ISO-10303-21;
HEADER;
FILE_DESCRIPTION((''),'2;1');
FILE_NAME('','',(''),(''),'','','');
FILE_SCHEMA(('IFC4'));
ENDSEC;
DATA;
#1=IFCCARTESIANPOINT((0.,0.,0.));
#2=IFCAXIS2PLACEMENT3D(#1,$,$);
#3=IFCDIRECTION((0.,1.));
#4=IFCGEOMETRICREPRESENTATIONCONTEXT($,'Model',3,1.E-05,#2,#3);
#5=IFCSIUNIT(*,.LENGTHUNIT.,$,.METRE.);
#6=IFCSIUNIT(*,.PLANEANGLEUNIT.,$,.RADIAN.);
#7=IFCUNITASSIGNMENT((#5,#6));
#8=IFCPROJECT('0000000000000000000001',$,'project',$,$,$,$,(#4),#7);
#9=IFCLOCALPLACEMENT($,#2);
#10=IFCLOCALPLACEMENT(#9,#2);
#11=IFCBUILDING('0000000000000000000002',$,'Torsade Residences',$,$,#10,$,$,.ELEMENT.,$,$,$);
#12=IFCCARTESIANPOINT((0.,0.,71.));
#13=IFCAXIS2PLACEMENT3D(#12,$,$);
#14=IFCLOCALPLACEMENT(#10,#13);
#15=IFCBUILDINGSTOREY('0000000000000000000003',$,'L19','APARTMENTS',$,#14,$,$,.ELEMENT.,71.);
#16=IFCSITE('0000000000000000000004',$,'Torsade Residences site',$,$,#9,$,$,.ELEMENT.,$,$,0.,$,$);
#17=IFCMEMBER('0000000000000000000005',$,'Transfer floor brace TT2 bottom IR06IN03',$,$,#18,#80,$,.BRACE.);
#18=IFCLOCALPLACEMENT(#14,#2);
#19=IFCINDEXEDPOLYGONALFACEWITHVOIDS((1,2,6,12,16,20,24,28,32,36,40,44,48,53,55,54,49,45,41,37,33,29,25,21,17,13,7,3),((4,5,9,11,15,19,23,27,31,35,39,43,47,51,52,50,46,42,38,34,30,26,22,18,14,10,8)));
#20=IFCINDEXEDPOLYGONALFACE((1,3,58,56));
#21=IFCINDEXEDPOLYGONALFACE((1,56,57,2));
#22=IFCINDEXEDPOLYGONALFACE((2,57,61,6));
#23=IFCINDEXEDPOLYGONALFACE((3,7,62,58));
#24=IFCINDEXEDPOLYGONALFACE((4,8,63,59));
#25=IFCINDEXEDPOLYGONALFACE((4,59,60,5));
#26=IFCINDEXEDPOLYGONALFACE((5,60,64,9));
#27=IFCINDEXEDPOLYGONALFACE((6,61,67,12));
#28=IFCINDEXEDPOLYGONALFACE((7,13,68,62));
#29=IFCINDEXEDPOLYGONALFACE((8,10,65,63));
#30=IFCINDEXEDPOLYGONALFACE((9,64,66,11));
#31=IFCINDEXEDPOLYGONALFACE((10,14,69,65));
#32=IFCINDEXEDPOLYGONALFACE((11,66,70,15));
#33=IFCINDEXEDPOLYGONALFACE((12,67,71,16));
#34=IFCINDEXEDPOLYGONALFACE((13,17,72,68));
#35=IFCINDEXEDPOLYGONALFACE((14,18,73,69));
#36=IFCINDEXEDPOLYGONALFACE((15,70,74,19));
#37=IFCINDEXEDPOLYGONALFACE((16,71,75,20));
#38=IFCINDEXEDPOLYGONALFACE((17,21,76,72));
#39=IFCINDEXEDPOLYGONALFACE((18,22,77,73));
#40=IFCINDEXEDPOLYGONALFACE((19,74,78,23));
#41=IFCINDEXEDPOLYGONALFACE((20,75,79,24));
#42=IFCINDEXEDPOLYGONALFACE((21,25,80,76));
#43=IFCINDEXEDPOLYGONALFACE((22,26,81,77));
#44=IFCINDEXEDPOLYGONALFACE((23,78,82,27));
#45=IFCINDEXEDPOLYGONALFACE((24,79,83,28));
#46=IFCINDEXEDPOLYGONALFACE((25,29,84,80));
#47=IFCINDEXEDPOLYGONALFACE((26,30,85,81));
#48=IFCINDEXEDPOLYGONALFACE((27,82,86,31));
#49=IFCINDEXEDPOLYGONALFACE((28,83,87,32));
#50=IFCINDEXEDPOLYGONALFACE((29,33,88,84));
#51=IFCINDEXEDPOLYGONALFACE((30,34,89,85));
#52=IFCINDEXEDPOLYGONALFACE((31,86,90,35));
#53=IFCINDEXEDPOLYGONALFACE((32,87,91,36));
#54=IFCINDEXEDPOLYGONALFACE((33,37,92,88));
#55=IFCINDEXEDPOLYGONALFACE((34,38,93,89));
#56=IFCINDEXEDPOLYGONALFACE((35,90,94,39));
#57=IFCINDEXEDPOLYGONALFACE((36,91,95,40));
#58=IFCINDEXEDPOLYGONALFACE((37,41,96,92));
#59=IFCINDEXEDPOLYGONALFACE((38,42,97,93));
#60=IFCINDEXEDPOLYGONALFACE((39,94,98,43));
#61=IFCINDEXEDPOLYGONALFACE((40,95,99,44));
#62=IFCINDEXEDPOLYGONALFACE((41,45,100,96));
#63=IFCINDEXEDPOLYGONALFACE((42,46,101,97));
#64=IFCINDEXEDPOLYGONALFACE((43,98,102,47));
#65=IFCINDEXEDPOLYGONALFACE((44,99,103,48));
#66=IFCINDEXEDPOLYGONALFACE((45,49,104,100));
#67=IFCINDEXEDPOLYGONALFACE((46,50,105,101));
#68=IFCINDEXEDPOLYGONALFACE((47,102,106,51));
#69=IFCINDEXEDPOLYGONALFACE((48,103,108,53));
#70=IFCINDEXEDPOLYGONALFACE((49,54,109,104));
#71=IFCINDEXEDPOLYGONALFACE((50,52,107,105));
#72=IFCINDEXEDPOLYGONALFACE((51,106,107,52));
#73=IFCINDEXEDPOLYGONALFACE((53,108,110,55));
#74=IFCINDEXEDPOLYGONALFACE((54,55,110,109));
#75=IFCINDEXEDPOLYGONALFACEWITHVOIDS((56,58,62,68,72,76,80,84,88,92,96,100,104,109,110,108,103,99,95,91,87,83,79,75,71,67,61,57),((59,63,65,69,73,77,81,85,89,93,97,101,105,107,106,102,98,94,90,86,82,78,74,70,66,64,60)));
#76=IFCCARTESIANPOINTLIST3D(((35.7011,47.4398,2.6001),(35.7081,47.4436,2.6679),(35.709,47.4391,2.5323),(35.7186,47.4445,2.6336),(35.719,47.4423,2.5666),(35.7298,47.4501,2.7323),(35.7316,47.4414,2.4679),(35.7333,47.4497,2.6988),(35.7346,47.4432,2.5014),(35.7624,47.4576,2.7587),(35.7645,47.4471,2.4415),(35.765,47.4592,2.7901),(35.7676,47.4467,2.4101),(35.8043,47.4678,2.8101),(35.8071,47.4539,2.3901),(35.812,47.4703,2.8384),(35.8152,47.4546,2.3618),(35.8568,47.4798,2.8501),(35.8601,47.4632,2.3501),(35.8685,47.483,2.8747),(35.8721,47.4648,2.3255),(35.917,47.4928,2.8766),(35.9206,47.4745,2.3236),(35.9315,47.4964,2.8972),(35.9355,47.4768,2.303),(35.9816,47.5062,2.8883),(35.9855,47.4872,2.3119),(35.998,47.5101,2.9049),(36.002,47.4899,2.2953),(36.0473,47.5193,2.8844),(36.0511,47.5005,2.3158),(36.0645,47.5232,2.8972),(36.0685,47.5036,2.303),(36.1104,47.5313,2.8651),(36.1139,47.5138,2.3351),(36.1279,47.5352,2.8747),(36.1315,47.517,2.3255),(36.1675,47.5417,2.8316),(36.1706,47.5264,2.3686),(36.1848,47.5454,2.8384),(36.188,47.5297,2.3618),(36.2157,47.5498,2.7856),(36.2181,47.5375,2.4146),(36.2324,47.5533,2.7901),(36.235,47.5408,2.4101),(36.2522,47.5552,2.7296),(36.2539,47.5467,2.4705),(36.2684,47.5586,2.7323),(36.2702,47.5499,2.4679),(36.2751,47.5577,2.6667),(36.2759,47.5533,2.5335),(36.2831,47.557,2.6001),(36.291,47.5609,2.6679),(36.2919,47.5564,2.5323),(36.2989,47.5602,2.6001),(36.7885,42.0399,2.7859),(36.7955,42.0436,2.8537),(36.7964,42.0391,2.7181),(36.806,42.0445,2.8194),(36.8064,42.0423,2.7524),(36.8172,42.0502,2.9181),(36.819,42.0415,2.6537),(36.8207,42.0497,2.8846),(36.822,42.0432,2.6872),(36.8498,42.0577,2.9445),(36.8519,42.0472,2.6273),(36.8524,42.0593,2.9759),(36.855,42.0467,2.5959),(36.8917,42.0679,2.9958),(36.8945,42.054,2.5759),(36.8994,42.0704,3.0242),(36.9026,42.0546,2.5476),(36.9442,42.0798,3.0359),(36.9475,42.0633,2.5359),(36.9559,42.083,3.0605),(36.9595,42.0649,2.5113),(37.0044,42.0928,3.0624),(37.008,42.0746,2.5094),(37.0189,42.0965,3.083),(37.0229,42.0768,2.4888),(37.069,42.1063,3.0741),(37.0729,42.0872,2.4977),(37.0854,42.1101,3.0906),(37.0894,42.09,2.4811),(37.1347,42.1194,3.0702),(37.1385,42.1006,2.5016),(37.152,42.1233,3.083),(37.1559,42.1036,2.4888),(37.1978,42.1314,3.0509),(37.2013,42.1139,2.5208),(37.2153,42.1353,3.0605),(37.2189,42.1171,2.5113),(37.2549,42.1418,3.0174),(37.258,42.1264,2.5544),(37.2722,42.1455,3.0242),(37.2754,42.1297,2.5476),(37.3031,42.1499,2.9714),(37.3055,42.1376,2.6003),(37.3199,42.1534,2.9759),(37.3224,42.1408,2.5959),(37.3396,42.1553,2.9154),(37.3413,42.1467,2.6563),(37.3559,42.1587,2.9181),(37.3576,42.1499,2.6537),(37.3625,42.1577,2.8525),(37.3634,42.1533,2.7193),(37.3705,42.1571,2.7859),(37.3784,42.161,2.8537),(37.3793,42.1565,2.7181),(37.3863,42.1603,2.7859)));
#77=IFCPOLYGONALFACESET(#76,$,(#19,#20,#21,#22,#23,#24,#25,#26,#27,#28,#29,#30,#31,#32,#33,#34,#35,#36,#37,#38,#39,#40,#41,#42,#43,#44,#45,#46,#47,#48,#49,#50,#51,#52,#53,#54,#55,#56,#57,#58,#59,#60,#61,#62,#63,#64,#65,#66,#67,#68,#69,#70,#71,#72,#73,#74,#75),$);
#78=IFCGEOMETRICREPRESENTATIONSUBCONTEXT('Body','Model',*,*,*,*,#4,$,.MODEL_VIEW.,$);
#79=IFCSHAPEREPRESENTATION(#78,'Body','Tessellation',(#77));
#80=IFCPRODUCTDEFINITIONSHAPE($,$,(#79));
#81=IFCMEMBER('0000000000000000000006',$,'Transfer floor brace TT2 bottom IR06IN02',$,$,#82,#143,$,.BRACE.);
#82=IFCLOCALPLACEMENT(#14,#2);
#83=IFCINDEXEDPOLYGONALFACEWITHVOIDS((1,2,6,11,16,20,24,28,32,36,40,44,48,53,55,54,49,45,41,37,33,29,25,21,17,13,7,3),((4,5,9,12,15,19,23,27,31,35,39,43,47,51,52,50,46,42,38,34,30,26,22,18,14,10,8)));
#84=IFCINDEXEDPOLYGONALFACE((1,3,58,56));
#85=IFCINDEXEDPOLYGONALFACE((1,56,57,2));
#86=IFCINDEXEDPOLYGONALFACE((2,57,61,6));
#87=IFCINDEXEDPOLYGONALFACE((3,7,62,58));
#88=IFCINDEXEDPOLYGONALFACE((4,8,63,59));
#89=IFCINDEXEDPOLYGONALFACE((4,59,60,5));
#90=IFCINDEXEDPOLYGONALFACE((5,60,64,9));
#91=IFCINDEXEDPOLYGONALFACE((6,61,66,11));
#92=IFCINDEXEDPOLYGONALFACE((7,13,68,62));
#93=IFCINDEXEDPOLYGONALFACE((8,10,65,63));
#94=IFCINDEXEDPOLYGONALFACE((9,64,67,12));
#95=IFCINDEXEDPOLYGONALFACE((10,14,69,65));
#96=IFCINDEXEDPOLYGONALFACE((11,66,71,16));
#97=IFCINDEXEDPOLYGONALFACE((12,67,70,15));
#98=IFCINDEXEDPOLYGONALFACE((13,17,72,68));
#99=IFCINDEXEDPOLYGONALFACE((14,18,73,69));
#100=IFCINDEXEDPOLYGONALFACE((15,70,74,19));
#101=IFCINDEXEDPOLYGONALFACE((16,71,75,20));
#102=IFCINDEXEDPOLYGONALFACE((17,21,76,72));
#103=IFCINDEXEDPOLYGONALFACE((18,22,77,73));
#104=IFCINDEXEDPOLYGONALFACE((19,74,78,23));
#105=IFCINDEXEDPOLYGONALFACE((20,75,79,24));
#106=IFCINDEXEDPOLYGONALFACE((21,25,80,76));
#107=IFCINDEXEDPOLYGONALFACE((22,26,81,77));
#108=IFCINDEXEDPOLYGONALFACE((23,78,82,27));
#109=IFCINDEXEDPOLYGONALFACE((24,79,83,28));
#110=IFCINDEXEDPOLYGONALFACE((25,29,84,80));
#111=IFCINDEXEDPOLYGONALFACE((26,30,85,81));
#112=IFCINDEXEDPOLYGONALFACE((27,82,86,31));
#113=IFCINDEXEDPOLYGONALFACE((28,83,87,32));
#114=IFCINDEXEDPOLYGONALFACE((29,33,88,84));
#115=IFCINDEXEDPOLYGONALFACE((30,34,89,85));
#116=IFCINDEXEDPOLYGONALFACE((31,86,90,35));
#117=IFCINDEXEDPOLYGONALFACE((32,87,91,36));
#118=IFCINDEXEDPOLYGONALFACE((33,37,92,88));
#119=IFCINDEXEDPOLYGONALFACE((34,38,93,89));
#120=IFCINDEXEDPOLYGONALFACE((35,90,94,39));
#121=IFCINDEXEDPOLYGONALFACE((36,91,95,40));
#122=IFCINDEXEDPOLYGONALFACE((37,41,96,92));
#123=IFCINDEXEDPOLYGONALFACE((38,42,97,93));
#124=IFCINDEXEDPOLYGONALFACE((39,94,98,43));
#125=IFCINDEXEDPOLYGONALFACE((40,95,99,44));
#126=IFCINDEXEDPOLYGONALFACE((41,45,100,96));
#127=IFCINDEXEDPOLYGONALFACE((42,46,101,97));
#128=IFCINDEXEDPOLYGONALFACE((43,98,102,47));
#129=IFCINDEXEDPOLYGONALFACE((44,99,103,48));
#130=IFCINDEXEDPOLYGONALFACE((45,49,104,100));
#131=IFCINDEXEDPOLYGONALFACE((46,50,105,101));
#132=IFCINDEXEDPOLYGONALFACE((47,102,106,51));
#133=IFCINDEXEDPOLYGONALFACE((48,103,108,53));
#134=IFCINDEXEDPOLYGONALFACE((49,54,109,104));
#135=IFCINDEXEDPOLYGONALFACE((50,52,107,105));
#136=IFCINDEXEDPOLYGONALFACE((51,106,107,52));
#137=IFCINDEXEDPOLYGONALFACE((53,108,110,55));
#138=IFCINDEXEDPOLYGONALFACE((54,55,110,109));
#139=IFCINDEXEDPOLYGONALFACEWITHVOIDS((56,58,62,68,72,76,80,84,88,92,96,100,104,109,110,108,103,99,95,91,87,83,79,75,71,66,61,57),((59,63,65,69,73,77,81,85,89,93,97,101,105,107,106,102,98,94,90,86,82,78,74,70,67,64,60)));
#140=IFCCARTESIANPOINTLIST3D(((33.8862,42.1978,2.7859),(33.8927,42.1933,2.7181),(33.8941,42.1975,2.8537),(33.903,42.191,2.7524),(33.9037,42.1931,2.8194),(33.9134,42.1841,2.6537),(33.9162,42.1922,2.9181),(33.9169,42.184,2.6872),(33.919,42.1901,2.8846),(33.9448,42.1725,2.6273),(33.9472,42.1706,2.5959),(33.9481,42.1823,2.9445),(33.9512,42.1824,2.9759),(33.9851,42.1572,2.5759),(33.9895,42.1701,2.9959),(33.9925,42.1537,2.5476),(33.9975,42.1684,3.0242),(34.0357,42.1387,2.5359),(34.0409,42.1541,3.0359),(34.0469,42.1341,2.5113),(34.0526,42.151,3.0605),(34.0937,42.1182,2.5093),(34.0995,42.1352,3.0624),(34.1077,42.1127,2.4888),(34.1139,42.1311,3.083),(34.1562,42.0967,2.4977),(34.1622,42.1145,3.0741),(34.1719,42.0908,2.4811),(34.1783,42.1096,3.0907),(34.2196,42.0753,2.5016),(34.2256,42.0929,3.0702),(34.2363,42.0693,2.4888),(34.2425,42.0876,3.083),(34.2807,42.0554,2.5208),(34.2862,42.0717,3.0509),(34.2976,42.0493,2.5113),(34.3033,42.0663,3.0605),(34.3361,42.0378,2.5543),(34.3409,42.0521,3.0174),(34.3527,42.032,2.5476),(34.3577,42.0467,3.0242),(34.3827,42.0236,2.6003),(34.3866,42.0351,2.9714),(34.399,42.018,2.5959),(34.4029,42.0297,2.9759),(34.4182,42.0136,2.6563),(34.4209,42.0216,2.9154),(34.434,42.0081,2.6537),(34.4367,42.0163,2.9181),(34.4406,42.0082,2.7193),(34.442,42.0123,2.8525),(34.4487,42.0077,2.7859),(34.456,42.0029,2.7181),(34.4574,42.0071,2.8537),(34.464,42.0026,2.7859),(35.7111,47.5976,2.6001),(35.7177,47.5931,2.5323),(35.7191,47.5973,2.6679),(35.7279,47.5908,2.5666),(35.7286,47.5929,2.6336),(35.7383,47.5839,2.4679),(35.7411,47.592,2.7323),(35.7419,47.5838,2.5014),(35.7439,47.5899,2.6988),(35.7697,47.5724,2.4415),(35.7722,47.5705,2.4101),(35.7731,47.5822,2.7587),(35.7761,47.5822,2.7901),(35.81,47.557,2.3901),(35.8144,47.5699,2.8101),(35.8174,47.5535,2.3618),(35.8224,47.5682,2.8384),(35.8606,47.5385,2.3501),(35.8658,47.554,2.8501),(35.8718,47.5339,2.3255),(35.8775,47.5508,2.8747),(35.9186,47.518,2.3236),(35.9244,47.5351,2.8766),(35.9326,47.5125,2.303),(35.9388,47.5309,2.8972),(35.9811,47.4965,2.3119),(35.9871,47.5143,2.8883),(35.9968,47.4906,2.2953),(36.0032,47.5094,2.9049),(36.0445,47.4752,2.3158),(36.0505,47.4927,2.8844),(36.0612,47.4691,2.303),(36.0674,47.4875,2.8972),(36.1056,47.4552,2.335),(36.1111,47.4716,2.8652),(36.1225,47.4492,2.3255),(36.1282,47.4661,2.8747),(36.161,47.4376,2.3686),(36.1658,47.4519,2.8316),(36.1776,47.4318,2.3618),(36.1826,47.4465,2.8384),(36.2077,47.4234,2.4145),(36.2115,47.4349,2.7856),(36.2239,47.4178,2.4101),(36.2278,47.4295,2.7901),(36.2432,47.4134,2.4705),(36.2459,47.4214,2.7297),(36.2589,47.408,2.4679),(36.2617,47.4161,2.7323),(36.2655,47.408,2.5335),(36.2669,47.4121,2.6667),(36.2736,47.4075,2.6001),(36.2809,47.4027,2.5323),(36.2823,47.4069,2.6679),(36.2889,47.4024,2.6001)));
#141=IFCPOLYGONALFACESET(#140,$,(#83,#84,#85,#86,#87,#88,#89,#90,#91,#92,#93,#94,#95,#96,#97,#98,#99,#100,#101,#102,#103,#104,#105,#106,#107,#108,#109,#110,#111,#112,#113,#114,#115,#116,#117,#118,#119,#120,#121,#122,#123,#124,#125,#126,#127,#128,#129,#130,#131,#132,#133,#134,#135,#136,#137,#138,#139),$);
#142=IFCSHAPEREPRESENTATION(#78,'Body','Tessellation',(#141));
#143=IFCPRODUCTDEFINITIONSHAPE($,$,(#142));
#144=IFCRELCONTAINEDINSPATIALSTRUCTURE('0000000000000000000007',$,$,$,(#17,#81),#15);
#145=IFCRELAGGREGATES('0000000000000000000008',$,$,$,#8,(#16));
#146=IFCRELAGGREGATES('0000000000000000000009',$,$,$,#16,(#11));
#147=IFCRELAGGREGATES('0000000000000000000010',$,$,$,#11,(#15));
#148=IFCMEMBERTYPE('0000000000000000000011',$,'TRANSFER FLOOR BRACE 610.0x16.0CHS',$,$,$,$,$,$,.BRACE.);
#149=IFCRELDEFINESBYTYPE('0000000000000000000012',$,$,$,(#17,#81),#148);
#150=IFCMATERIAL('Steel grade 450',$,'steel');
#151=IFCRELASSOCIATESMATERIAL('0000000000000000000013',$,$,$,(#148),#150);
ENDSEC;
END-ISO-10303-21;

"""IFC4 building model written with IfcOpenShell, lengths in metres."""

from ifc_helpers import new_model, si_unit, direction, frame, origin, origin_2d, place, context, subcontext, project, spatial, hollow_circle, extrude, material, material_profile, profile_set, type_object, element, save


model = new_model("IFC4")

# Units and contexts
model_context = context("Model", 3, precision=1e-05, world=origin(), true_north=direction((0.0, 1.0)))
body_context = subcontext(model_context, "Body", "Model", "MODEL_VIEW")
ifc_project = project(units=[si_unit("LENGTHUNIT", "METRE"), si_unit("PLANEANGLEUNIT", "RADIAN")], contexts=[model_context])

# Site, building, storey
site_placement = place(None, origin())
site = spatial("IfcSite", under=ifc_project, at=site_placement, Name="Torsade Residences site", CompositionType="ELEMENT", RefElevation=0.0)
building_placement = place(site_placement, origin())
building = spatial("IfcBuilding", under=site, at=building_placement, Name="Torsade Residences", CompositionType="ELEMENT")
storey_placement = place(building_placement, frame((0.0, 0.0, 71.0)))
storey = spatial("IfcBuildingStorey", under=building, at=storey_placement, Name="L19", Description="APARTMENTS", CompositionType="ELEMENT", Elevation=71.0)

# Members
ifc_material_1 = material(Name="Steel grade 450", Category="steel")
ifc_material_profile_1 = material_profile(ifc_material_1, hollow_circle(Radius=0.3049, WallThickness=0.0161, at=origin_2d()), Name="610.0x16.0CHS")
ifc_profile_set_1 = profile_set([ifc_material_profile_1], Name="Steel grade 450")
member_type_1 = type_object("IfcMemberType", Name="TRANSFER FLOOR BRACE 610.0x16.0CHS", PredefinedType="BRACE", material=ifc_profile_set_1)
member_1_placement = place(storey_placement, frame((36.0, 47.5, 2.6001), z_axis=(0.197299, -0.979764, 0.03371), x_axis=(0.980321, 0.197412, 0.0)))
element("IfcMember", 1, at=member_1_placement, inside=storey, type_object=member_type_1, Name="Transfer floor brace TT2 bottom IR06IN03", PredefinedType="BRACE", context=body_context, shape_type="SweptSolid", body=[
    extrude(hollow_circle(Radius=0.3049, WallThickness=0.0161, at=origin_2d()), origin(), (0.0, 0.0, 1.0), 5.5115),
])
member_2_placement = place(storey_placement, frame((36.0, 47.5, 2.6001), z_axis=(-0.32, -0.946857, 0.032578), x_axis=(0.94736, -0.32017, 0.0)))
element("IfcMember", 2, at=member_2_placement, inside=storey, type_object=member_type_1, Name="Transfer floor brace TT2 bottom IR06IN02", PredefinedType="BRACE", context=body_context, shape_type="SweptSolid", body=[
    extrude(hollow_circle(Radius=0.3049, WallThickness=0.0161, at=origin_2d()), origin(), (0.0, 0.0, 1.0), 5.7029),
])

save(model, "model.ifc")
